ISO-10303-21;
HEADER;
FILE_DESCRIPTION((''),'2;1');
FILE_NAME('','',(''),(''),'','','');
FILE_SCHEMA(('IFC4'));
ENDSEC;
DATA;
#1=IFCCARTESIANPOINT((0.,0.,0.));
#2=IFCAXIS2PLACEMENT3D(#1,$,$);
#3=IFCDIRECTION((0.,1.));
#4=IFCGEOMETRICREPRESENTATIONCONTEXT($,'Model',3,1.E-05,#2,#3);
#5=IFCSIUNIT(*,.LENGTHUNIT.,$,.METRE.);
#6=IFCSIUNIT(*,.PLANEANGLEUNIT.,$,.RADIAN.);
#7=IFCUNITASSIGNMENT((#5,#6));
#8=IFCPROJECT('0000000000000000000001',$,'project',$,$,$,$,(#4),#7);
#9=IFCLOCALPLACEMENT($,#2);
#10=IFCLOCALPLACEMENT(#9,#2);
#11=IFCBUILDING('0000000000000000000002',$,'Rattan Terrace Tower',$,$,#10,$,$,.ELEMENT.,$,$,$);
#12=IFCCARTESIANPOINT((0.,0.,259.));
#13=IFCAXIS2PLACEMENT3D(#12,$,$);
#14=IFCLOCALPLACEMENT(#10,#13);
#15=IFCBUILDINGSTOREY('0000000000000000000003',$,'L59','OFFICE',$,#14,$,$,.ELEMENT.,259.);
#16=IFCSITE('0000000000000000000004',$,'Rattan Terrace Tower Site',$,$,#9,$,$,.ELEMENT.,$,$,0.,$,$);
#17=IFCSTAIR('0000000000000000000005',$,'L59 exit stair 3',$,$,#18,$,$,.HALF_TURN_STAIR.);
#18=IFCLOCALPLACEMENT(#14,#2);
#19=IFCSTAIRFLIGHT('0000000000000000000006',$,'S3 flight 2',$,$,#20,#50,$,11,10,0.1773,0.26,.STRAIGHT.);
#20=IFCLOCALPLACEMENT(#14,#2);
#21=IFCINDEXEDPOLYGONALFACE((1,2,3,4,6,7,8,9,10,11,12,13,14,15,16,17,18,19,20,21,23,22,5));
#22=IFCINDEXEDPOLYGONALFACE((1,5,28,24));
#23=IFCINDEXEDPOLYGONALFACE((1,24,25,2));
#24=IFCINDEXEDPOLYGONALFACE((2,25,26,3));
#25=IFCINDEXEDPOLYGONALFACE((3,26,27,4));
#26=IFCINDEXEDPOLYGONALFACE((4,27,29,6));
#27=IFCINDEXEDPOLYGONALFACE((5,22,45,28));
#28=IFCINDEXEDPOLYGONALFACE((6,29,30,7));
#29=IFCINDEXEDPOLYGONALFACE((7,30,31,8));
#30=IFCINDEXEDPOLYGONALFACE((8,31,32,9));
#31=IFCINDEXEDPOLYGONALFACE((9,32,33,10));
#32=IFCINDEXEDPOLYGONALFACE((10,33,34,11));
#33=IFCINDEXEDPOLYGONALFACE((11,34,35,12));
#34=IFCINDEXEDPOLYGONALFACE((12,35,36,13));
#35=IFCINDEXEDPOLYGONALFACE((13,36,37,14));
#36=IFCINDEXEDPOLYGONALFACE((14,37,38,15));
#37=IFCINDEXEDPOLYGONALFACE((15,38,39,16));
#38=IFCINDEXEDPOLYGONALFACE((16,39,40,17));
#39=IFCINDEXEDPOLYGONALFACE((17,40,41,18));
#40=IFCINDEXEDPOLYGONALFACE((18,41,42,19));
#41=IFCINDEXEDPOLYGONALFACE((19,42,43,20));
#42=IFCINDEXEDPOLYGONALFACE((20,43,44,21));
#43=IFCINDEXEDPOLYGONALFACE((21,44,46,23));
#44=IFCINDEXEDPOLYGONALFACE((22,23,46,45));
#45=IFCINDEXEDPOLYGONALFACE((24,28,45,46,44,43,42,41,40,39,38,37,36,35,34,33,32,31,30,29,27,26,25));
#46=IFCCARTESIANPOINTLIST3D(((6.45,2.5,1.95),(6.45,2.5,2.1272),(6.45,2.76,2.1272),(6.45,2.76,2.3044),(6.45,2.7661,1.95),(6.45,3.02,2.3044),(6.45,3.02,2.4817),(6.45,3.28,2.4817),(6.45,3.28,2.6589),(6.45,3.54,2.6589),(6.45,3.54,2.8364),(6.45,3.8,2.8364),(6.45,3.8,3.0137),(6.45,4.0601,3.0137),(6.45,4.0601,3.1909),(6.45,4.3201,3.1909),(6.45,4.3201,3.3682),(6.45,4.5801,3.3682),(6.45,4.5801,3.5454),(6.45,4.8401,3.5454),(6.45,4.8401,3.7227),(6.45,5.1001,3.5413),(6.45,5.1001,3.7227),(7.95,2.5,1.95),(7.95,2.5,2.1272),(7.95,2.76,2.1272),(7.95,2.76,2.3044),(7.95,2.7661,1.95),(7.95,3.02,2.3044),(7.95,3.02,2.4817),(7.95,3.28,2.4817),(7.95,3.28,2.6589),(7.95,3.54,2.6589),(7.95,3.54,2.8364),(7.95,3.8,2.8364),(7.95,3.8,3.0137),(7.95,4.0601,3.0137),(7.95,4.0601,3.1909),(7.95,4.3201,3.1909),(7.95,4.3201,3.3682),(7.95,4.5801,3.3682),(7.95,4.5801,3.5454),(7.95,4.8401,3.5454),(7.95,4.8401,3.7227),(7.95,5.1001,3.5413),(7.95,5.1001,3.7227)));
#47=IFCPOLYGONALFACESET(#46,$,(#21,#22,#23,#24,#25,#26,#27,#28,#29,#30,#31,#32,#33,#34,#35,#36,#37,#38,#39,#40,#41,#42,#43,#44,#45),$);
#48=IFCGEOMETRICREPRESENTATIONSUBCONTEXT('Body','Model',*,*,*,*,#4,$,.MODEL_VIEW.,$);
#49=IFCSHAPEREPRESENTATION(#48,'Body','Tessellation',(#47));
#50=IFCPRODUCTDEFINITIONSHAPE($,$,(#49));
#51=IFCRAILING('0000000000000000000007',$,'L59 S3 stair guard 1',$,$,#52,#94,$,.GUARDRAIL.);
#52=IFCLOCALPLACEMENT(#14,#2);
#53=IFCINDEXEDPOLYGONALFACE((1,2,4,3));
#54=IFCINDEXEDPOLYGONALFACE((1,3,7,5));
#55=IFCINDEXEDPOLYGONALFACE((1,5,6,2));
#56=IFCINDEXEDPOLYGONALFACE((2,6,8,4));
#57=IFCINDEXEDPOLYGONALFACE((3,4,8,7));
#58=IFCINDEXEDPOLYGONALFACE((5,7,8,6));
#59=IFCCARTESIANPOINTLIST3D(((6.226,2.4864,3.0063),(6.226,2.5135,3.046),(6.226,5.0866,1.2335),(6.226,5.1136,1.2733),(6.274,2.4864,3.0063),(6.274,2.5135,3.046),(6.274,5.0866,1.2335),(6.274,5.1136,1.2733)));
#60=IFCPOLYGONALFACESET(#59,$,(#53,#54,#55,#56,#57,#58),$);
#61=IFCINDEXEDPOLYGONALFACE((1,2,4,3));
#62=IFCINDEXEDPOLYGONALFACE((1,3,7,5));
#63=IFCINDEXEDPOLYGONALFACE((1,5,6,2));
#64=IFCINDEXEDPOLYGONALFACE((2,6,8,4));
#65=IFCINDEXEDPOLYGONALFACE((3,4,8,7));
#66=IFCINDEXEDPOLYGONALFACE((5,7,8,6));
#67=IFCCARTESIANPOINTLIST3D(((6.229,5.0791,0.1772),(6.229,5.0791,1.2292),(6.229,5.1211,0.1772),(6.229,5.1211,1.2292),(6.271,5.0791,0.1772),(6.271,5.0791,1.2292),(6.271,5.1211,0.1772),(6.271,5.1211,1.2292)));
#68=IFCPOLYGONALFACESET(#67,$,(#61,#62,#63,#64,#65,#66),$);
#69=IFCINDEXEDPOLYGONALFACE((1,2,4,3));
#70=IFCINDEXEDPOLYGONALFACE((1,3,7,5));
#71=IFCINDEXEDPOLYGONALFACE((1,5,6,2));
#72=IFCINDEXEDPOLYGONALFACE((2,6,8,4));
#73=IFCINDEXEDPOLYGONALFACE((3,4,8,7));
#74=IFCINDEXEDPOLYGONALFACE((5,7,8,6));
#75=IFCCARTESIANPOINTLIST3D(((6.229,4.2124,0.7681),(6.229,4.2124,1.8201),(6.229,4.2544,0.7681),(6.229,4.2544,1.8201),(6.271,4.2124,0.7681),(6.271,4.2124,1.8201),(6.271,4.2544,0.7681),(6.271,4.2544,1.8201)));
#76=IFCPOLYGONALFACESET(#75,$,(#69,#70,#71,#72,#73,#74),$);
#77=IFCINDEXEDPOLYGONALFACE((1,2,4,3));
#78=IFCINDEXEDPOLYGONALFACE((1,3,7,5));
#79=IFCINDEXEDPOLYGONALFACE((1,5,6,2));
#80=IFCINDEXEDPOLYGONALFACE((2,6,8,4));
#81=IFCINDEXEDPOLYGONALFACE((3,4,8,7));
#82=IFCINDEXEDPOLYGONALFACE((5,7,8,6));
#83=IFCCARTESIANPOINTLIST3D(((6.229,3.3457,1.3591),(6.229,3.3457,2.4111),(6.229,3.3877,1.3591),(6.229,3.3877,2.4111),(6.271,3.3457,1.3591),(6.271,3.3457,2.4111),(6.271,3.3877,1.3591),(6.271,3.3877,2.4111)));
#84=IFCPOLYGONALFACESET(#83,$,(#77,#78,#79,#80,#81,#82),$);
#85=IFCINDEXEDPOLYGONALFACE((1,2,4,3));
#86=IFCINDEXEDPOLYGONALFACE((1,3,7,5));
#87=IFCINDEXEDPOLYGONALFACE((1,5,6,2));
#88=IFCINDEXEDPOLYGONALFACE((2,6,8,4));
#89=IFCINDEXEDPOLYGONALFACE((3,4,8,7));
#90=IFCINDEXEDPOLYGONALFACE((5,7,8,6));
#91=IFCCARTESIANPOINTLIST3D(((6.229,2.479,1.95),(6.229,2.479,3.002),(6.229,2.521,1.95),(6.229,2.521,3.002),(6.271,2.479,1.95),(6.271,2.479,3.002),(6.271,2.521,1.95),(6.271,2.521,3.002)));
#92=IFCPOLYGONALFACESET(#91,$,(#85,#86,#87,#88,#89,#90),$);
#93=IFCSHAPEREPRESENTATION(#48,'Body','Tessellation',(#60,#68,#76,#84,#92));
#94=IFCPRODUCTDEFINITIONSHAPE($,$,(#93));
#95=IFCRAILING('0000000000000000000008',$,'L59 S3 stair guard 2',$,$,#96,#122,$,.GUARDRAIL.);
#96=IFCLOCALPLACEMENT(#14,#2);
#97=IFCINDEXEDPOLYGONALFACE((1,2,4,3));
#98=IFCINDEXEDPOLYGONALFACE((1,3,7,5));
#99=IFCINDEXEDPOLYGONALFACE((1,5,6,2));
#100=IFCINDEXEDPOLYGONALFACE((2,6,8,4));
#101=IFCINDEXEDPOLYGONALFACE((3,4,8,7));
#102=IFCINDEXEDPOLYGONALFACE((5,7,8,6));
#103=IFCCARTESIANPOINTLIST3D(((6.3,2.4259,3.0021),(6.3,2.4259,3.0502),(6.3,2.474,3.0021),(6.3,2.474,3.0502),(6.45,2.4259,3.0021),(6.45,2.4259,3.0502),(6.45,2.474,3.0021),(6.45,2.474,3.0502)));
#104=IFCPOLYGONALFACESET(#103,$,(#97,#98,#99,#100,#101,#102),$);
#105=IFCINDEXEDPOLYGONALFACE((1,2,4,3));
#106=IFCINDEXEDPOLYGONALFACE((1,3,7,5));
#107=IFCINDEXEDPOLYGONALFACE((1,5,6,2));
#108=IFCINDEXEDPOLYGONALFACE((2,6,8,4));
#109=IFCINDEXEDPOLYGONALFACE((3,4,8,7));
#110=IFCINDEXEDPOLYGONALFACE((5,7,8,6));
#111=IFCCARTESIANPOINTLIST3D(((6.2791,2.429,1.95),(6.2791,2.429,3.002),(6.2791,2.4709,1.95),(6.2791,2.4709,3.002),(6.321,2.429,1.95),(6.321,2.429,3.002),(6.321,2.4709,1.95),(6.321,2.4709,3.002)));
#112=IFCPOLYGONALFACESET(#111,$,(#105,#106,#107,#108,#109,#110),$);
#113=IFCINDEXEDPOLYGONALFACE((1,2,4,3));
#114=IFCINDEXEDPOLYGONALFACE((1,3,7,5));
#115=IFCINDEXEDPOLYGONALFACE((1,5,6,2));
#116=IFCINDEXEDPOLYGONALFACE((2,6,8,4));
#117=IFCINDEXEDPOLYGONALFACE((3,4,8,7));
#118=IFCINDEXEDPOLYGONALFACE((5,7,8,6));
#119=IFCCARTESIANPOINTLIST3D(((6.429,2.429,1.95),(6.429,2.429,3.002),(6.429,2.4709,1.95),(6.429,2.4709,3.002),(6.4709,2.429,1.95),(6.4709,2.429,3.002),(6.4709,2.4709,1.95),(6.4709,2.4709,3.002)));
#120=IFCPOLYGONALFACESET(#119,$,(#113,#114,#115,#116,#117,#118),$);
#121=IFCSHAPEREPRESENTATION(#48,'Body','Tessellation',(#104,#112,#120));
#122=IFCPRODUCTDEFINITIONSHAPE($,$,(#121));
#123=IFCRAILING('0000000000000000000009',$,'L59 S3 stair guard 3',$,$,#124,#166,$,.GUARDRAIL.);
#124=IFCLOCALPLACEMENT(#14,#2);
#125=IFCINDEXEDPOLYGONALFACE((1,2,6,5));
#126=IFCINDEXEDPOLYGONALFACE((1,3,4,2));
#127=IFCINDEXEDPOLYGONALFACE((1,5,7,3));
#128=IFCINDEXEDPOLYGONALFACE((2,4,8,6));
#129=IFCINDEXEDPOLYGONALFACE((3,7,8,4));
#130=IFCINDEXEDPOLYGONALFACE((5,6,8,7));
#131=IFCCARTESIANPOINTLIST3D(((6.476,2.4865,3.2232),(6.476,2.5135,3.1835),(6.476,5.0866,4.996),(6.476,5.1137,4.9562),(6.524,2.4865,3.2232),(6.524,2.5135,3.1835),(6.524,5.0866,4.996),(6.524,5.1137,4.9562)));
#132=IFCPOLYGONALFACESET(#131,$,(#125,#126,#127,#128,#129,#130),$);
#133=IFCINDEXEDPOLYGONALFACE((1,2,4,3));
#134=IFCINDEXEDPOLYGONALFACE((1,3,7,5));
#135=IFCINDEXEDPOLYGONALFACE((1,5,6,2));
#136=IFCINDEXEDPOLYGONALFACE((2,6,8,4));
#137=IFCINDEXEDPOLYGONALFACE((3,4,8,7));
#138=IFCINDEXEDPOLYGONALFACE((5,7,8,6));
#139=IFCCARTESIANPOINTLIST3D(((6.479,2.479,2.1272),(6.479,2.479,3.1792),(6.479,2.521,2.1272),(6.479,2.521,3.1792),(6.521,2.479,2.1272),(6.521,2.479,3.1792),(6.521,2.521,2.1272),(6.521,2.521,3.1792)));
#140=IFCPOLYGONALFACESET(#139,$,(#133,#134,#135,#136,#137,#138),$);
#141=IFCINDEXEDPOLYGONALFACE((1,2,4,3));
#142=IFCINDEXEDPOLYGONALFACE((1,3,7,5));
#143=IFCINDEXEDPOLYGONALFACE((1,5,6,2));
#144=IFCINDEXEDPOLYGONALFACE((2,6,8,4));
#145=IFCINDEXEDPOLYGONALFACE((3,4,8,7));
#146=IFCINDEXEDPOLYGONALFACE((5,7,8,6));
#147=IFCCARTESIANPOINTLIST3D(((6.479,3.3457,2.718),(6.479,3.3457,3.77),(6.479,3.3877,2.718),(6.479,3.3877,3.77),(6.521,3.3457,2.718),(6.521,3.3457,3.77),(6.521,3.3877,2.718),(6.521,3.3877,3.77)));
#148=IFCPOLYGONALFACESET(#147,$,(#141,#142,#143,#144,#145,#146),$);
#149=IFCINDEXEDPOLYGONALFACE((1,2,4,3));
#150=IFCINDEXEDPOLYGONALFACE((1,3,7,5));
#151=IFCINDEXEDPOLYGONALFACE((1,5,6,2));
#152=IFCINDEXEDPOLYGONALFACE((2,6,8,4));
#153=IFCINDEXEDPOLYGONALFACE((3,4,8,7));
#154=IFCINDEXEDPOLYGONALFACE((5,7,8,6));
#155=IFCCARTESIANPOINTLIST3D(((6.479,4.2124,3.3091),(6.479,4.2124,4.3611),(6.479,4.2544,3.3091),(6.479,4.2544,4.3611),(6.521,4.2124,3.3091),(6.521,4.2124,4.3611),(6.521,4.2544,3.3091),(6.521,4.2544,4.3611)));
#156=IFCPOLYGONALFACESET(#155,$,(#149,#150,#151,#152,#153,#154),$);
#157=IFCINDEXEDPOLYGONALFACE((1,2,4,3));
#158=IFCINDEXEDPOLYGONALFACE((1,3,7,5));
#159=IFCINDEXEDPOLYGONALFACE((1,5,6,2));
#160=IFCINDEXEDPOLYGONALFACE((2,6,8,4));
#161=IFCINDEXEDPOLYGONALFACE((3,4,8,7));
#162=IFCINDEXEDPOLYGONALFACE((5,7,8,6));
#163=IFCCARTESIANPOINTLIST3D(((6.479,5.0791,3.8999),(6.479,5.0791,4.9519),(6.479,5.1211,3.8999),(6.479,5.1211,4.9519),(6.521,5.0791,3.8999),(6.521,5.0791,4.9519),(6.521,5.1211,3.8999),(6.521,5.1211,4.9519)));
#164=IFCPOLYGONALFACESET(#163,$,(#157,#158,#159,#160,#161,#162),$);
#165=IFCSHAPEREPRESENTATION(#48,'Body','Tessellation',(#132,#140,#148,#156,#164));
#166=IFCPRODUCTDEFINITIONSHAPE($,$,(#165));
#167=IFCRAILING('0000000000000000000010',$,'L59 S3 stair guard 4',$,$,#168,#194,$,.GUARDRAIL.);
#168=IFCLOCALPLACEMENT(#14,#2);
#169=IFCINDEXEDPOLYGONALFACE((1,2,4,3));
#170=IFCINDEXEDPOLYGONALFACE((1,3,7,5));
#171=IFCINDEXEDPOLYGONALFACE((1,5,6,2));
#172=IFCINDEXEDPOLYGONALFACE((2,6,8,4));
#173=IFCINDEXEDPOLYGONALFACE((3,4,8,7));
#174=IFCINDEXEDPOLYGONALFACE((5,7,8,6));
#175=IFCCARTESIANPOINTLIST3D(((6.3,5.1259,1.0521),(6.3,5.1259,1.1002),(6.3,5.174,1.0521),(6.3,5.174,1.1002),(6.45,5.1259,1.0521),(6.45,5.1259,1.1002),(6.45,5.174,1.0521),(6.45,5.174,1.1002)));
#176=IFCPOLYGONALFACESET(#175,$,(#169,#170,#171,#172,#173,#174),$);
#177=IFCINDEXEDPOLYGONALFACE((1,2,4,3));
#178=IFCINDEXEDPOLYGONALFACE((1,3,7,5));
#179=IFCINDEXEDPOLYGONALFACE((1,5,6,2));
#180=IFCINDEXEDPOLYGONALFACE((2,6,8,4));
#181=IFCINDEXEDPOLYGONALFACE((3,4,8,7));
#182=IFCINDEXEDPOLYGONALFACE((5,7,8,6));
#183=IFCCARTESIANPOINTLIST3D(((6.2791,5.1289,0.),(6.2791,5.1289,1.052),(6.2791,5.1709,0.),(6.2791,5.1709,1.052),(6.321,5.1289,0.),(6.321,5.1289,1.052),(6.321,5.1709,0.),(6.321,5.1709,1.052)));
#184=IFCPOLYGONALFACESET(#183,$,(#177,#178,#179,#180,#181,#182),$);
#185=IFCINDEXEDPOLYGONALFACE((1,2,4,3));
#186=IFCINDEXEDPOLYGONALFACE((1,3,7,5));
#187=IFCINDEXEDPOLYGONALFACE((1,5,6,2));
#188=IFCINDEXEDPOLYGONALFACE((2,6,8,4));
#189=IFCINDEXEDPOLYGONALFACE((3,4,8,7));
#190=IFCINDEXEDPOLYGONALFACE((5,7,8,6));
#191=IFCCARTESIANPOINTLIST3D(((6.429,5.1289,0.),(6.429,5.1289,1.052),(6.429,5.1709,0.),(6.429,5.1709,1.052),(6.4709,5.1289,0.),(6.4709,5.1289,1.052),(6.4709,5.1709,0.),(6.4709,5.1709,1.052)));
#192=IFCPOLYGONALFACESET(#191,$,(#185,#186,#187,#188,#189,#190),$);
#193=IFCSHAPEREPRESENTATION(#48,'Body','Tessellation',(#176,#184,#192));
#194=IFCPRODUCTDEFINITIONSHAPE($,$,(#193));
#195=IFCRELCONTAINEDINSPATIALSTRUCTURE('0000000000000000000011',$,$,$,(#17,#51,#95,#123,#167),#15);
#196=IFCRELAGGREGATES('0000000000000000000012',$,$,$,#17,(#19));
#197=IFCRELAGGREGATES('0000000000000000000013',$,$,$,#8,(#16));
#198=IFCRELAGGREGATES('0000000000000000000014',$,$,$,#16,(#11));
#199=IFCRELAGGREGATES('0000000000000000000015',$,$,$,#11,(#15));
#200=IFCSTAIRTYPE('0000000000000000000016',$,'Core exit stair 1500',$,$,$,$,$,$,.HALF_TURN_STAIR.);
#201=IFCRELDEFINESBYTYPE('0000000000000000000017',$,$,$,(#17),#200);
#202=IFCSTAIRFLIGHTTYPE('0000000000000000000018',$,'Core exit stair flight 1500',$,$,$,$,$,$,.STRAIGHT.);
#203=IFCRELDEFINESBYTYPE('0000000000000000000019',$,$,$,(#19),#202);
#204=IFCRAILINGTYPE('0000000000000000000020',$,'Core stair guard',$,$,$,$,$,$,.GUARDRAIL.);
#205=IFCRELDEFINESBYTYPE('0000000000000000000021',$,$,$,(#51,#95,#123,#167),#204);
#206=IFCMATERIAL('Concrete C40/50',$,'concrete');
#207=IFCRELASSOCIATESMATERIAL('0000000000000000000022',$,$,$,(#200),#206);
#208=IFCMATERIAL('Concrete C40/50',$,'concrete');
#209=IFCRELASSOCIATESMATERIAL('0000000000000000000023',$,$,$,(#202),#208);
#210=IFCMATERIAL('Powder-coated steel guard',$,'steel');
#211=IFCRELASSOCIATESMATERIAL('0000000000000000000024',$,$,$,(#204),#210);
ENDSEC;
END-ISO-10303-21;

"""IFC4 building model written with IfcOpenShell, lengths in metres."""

from ifc_helpers import new_model, si_unit, direction, frame, origin, origin_2d, place, context, subcontext, project, spatial, polyline, rectangle, outline, extrude, material, type_object, element, aggregate, save


model = new_model("IFC4")

# Units and contexts
model_context = context("Model", 3, precision=1e-05, world=origin(), true_north=direction((0.0, 1.0)))
body_context = subcontext(model_context, "Body", "Model", "MODEL_VIEW")
ifc_project = project(units=[si_unit("LENGTHUNIT", "METRE"), si_unit("PLANEANGLEUNIT", "RADIAN")], contexts=[model_context])

# Site, building, storey
site_placement = place(None, origin())
site = spatial("IfcSite", under=ifc_project, at=site_placement, Name="Rattan Terrace Tower Site", CompositionType="ELEMENT", RefElevation=0.0)
building_placement = place(site_placement, origin())
building = spatial("IfcBuilding", under=site, at=building_placement, Name="Rattan Terrace Tower", CompositionType="ELEMENT")
storey_placement = place(building_placement, frame((0.0, 0.0, 259.0)))
storey = spatial("IfcBuildingStorey", under=building, at=storey_placement, Name="L59", Description="OFFICE", CompositionType="ELEMENT", Elevation=259.0)

# Stair
ifc_material_1 = material(Name="Concrete C40/50", Category="concrete")
stair_type = type_object("IfcStairType", Name="Core exit stair 1500", PredefinedType="HALF_TURN_STAIR", material=ifc_material_1)
stair_1_placement = place(storey_placement, origin())
stair_1 = element("IfcStair", 1, at=stair_1_placement, inside=storey, type_object=stair_type, Name="L59 exit stair 3", PredefinedType="HALF_TURN_STAIR")

# Stair flight
ifc_material_2 = material(Name="Concrete C40/50", Category="concrete")
stair_flight_type = type_object("IfcStairFlightType", Name="Core exit stair flight 1500", PredefinedType="STRAIGHT", material=ifc_material_2)
stair_flight_1_placement = place(storey_placement, frame((7.2, 2.5, 1.95), z_axis=(0.0, 0.0, 1.0), x_axis=(0.0, 1.0, 0.0)))
stair_flight_1 = element("IfcStairFlight", 2, at=stair_flight_1_placement, type_object=stair_flight_type, Name="S3 flight 2", NumberOfRisers=11, NumberOfTreads=10, PredefinedType="STRAIGHT", RiserHeight=0.1773, TreadLength=0.26, context=body_context, shape_type="SweptSolid", body=[
    extrude(outline(polyline([(0.0, 0.0), (0.0, 0.1772), (0.26, 0.1772), (0.26, 0.3545), (0.52, 0.3545), (0.52, 0.5317), (0.78, 0.5317), (0.78, 0.709), (1.04, 0.709), (1.04, 0.8865), (1.3, 0.8865), (1.3, 1.0637), (1.5601, 1.0637), (1.5601, 1.241), (1.8201, 1.241), (1.8201, 1.4182), (2.0801, 1.4182), (2.0801, 1.5955), (2.3401, 1.5955), (2.3401, 1.7727), (2.6001, 1.7727), (2.6001, 1.95), (2.6001, 1.5913), (0.2661, 0.0), (0.0, 0.0)])), frame((0.0, 0.75, 0.0), z_axis=(0.0, -1.0, 0.0), x_axis=(1.0, 0.0, 0.0)), (0.0, 0.0, 1.0), 1.5),
])
aggregate(stair_1, [stair_flight_1])

# Railings
ifc_material_3 = material(Name="Powder-coated steel guard", Category="steel")
railing_type_1 = type_object("IfcRailingType", Name="Core stair guard", PredefinedType="GUARDRAIL", material=ifc_material_3)
railing_1_placement = place(storey_placement, frame((6.25, 5.1001, 0.1772)))
element("IfcRailing", 3, at=railing_1_placement, inside=storey, type_object=railing_type_1, Name="L59 S3 stair guard 1", PredefinedType="GUARDRAIL", context=body_context, shape_type="SweptSolid", body=[
    extrude(rectangle(XDim=0.0481, YDim=0.0481, at=origin_2d()), frame((0.0, 0.0, 1.0762), z_axis=(0.0, -0.82624, 0.563318), x_axis=(1.0, 0.0, 0.0)), (0.0, 0.0, 1.0), 3.147),
    extrude(rectangle(XDim=0.042, YDim=0.042, at=origin_2d()), origin(), (0.0, 0.0, 1.0), 1.052),
    extrude(rectangle(XDim=0.042, YDim=0.042, at=origin_2d()), frame((0.0, -0.8667, 0.5908)), (0.0, 0.0, 1.0), 1.052),
    extrude(rectangle(XDim=0.042, YDim=0.042, at=origin_2d()), frame((0.0, -1.7334, 1.1819)), (0.0, 0.0, 1.0), 1.052),
    extrude(rectangle(XDim=0.042, YDim=0.042, at=origin_2d()), frame((0.0, -2.6001, 1.7727)), (0.0, 0.0, 1.0), 1.052),
])
railing_2_placement = place(storey_placement, frame((6.3, 2.45, 1.95)))
element("IfcRailing", 4, at=railing_2_placement, inside=storey, type_object=railing_type_1, Name="L59 S3 stair guard 2", PredefinedType="GUARDRAIL", context=body_context, shape_type="SweptSolid", body=[
    extrude(rectangle(XDim=0.0481, YDim=0.0481, at=origin_2d()), frame((0.0, 0.0, 1.0762), z_axis=(1.0, 0.0, 0.0), x_axis=(0.0, 1.0, 0.0)), (0.0, 0.0, 1.0), 0.1499),
    extrude(rectangle(XDim=0.042, YDim=0.042, at=origin_2d()), origin(), (0.0, 0.0, 1.0), 1.052),
    extrude(rectangle(XDim=0.042, YDim=0.042, at=origin_2d()), frame((0.1499, 0.0, 0.0)), (0.0, 0.0, 1.0), 1.052),
])
railing_3_placement = place(storey_placement, frame((6.5, 2.5, 2.1272)))
element("IfcRailing", 5, at=railing_3_placement, inside=storey, type_object=railing_type_1, Name="L59 S3 stair guard 3", PredefinedType="GUARDRAIL", context=body_context, shape_type="SweptSolid", body=[
    extrude(rectangle(XDim=0.0481, YDim=0.0481, at=origin_2d()), frame((0.0, 0.0, 1.0762), z_axis=(0.0, 0.82624, 0.563318), x_axis=(-1.0, 0.0, 0.0)), (0.0, 0.0, 1.0), 3.147),
    extrude(rectangle(XDim=0.042, YDim=0.042, at=origin_2d()), origin(), (0.0, 0.0, 1.0), 1.052),
    extrude(rectangle(XDim=0.042, YDim=0.042, at=origin_2d()), frame((0.0, 0.8667, 0.5908)), (0.0, 0.0, 1.0), 1.052),
    extrude(rectangle(XDim=0.042, YDim=0.042, at=origin_2d()), frame((0.0, 1.7334, 1.1819)), (0.0, 0.0, 1.0), 1.052),
    extrude(rectangle(XDim=0.042, YDim=0.042, at=origin_2d()), frame((0.0, 2.6001, 1.7727)), (0.0, 0.0, 1.0), 1.052),
])
railing_4_placement = place(storey_placement, frame((6.3, 5.1499, 0.0)))
element("IfcRailing", 6, at=railing_4_placement, inside=storey, type_object=railing_type_1, Name="L59 S3 stair guard 4", PredefinedType="GUARDRAIL", context=body_context, shape_type="SweptSolid", body=[
    extrude(rectangle(XDim=0.0481, YDim=0.0481, at=origin_2d()), frame((0.0, 0.0, 1.0762), z_axis=(1.0, 0.0, 0.0), x_axis=(0.0, 1.0, 0.0)), (0.0, 0.0, 1.0), 0.1499),
    extrude(rectangle(XDim=0.042, YDim=0.042, at=origin_2d()), origin(), (0.0, 0.0, 1.0), 1.052),
    extrude(rectangle(XDim=0.042, YDim=0.042, at=origin_2d()), frame((0.1499, 0.0, 0.0)), (0.0, 0.0, 1.0), 1.052),
])

save(model, "model.ifc")
